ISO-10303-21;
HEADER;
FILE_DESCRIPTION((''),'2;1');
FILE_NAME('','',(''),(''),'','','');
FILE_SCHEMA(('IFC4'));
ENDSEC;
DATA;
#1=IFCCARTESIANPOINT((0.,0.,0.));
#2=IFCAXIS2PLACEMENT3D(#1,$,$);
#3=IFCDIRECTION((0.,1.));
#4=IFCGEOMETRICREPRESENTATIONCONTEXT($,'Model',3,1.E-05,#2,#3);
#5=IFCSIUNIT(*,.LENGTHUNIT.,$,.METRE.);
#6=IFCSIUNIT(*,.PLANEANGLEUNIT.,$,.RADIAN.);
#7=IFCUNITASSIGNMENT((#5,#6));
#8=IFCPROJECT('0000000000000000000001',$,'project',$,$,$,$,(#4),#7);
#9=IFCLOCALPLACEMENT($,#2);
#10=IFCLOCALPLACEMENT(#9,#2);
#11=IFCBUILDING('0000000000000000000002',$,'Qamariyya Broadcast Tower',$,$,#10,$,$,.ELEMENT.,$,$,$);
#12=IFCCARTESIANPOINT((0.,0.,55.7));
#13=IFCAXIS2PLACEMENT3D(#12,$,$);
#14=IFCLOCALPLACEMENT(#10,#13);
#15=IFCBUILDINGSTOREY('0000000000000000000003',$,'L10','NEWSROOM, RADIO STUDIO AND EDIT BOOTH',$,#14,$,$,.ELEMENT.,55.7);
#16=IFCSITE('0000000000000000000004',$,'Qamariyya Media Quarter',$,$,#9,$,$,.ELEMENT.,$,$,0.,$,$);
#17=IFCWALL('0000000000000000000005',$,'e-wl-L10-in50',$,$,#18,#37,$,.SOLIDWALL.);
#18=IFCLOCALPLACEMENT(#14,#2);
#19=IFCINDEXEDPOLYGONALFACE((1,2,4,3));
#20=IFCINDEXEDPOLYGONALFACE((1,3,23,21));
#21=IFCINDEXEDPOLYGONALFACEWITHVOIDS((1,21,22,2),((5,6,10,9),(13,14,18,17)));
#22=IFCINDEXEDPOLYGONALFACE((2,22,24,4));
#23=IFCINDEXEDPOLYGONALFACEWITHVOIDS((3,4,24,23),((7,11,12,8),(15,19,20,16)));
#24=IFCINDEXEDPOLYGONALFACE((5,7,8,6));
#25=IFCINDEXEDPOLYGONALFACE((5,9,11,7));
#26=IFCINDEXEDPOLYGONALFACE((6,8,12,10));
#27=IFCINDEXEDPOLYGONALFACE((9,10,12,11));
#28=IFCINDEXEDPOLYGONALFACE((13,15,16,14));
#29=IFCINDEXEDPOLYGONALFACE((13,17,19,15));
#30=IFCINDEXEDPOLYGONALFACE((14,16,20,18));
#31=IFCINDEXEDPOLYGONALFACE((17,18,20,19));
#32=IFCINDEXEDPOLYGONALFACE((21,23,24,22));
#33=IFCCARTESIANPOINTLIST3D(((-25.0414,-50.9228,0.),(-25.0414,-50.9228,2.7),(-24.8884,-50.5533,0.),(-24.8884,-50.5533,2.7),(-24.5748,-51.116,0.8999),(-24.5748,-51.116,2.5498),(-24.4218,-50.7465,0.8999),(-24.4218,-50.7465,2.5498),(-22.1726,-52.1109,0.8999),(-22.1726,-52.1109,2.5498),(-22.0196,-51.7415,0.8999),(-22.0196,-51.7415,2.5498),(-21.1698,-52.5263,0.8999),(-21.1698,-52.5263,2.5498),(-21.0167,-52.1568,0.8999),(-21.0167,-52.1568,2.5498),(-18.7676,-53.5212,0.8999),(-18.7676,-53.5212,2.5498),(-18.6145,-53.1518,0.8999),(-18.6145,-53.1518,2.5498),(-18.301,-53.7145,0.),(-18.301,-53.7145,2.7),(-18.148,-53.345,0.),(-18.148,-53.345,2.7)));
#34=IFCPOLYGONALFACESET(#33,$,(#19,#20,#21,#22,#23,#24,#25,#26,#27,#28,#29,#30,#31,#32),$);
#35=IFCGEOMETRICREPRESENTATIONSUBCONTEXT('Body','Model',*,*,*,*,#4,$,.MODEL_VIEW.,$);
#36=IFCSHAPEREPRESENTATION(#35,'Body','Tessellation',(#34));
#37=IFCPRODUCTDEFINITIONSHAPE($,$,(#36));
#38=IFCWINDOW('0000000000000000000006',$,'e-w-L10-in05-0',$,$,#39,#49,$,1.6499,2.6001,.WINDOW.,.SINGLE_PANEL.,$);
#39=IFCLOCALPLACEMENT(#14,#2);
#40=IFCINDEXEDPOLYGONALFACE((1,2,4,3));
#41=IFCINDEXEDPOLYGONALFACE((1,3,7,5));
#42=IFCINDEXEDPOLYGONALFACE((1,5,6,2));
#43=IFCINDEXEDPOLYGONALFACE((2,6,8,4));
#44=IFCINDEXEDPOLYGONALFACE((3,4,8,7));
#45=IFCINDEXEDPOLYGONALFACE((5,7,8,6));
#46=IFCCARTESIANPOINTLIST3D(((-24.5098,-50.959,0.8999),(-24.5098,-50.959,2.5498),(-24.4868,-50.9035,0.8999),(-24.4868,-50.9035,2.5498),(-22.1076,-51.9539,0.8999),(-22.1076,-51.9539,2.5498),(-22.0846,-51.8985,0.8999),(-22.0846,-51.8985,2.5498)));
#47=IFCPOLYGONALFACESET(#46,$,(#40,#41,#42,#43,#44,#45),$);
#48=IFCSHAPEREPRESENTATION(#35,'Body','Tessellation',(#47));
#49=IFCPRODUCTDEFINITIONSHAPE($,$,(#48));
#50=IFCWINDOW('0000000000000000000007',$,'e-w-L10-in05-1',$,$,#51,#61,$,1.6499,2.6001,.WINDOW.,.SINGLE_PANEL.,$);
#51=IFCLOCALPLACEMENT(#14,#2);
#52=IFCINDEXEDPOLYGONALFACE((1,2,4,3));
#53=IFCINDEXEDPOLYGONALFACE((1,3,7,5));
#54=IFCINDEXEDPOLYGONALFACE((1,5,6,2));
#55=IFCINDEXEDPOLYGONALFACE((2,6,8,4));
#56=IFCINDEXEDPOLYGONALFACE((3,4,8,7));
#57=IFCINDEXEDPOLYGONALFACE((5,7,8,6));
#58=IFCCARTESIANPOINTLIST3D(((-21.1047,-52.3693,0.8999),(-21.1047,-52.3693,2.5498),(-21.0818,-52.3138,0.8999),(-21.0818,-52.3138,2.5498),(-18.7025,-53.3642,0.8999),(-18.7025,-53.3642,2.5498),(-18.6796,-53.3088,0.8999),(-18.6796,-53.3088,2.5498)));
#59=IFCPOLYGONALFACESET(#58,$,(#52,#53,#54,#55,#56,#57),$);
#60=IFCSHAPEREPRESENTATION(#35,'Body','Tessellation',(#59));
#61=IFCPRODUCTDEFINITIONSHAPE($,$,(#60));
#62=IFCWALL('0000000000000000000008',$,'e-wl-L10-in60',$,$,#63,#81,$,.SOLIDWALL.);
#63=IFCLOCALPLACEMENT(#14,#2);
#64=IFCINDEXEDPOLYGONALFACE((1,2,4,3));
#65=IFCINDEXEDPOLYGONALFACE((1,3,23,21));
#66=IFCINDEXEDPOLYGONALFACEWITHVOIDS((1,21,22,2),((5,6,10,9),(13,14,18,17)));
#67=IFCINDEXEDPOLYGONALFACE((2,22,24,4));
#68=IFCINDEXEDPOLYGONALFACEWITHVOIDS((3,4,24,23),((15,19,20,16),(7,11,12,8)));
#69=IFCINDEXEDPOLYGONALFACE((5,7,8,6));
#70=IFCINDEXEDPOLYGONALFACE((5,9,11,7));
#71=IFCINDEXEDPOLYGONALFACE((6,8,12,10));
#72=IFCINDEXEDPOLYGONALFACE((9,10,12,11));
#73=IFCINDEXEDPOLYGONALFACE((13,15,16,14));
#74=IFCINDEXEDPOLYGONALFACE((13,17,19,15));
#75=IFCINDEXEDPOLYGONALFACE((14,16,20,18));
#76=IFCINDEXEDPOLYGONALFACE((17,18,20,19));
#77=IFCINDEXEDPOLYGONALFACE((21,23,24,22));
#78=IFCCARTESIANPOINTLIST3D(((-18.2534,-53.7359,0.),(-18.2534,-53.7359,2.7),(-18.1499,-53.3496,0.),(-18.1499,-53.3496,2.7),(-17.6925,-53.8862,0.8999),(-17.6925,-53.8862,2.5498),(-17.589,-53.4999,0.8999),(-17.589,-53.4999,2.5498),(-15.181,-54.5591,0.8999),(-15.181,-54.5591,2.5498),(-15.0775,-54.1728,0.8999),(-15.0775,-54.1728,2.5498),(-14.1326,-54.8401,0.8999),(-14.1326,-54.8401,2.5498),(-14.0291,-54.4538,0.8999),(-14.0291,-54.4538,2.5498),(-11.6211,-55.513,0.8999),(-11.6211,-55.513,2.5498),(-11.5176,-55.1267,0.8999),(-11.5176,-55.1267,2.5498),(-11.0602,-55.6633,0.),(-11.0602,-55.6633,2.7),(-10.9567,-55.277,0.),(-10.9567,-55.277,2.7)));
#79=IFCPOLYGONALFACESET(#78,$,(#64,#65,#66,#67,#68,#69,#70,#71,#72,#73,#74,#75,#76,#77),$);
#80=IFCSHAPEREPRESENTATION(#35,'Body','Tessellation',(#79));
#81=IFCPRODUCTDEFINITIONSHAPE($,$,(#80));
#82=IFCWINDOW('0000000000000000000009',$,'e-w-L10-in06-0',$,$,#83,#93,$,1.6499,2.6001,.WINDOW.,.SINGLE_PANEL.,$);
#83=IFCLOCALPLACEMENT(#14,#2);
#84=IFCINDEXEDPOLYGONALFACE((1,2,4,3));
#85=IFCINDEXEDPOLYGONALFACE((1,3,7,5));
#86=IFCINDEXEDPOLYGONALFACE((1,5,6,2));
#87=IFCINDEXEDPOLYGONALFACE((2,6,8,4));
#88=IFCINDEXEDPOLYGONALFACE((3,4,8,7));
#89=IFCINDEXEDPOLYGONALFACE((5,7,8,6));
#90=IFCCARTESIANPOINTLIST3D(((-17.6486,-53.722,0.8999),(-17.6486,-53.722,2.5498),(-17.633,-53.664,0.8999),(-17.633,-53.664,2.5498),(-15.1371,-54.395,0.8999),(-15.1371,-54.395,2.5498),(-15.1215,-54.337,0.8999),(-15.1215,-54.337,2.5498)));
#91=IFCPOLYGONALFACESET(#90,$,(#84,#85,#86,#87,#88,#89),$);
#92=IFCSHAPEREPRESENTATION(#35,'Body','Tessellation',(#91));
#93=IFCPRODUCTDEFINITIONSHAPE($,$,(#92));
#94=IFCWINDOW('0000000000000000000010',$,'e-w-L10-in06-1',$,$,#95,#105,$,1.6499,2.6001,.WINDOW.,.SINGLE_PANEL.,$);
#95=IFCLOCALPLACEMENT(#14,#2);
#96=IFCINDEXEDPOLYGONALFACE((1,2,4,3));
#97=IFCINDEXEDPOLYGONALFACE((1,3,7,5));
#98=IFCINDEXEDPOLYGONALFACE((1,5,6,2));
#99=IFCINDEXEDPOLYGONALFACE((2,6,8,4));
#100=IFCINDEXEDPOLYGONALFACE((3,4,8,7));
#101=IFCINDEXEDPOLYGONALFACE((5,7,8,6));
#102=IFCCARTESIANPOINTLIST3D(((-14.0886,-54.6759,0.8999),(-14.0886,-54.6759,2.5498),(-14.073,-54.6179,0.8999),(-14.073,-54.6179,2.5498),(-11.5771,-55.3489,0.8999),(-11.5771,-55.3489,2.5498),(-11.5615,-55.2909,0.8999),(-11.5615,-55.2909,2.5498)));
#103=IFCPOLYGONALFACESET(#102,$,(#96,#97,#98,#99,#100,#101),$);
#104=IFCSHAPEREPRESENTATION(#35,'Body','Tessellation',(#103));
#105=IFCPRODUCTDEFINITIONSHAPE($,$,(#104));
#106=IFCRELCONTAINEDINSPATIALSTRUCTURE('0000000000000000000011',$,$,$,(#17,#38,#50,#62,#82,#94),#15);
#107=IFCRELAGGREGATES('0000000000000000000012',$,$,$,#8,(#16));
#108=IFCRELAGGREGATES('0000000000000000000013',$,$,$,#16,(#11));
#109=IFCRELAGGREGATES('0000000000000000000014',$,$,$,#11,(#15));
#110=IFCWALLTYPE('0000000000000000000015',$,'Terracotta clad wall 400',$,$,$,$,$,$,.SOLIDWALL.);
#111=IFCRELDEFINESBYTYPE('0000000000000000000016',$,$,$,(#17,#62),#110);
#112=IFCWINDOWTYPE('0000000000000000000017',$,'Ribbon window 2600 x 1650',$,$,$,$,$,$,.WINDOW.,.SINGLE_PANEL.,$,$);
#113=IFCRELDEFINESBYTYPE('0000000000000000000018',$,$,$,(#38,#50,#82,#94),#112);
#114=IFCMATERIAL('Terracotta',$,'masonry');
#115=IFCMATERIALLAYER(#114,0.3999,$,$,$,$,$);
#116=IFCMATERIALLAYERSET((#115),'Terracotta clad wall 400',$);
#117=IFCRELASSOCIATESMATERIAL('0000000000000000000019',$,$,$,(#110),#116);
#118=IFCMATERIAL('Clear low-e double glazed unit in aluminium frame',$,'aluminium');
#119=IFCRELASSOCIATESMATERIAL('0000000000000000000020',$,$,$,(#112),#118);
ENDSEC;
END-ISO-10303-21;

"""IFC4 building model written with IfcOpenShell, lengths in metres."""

from ifc_helpers import new_model, si_unit, direction, frame, frame_2d, origin, place, context, subcontext, project, spatial, rectangle, extrude, material, layer, layer_set, type_object, element, fill, save


model = new_model("IFC4")

# Units and contexts
model_context = context("Model", 3, precision=1e-05, world=origin(), true_north=direction((0.0, 1.0)))
body_context = subcontext(model_context, "Body", "Model", "MODEL_VIEW")
ifc_project = project(units=[si_unit("LENGTHUNIT", "METRE"), si_unit("PLANEANGLEUNIT", "RADIAN")], contexts=[model_context])

# Site, building, storey
site_placement = place(None, origin())
site = spatial("IfcSite", under=ifc_project, at=site_placement, Name="Qamariyya Media Quarter", CompositionType="ELEMENT", RefElevation=0.0)
building_placement = place(site_placement, origin())
building = spatial("IfcBuilding", under=site, at=building_placement, Name="Qamariyya Broadcast Tower", CompositionType="ELEMENT")
storey_placement = place(building_placement, frame((0.0, 0.0, 55.7)))
storey = spatial("IfcBuildingStorey", under=building, at=storey_placement, Name="L10", Description="NEWSROOM, RADIO STUDIO AND EDIT BOOTH", CompositionType="ELEMENT", Elevation=55.7)

# Walls, openings, windows
ifc_material_1 = material(Name="Terracotta", Category="masonry")
ifc_layer_1 = layer(ifc_material_1, 0.3999)
ifc_layer_set_1 = layer_set([ifc_layer_1], Name="Terracotta clad wall 400")
wall_type_1 = type_object("IfcWallType", Name="Terracotta clad wall 400", PredefinedType="SOLIDWALL", material=ifc_layer_set_1)
ifc_material_2 = material(Name="Clear low-e double glazed unit in aluminium frame", Category="aluminium")
window_type = type_object("IfcWindowType", Name="Ribbon window 2600 x 1650", PartitioningType="SINGLE_PANEL", PredefinedType="WINDOW", material=ifc_material_2)
wall_1_placement = place(storey_placement, frame((-18.2244, -53.5298, 0.0), z_axis=(0.0, 0.0, 1.0), x_axis=(-0.923892, 0.382654, 0.0)))
wall_1 = element("IfcWall", 1, at=wall_1_placement, inside=storey, type_object=wall_type_1, Name="e-wl-L10-in50", PredefinedType="SOLIDWALL", context=body_context, shape_type="SweptSolid", body=[
    extrude(rectangle(XDim=7.2957, YDim=0.3999, at=frame_2d((3.6479, 0.0))), origin(), (0.0, 0.0, 1.0), 2.7),
])
opening_1_placement = place(wall_1_placement, frame((4.1907, 0.0, 0.8999)))
opening_1 = element("IfcOpeningElement", 2, at=opening_1_placement, cuts=wall_1, PredefinedType="OPENING", context=body_context, shape_type="SweptSolid", body=[
    extrude(rectangle(XDim=2.6001, YDim=1.6499, at=frame_2d((1.3, 0.825))), frame((0.0, 0.21, 0.0), z_axis=(0.0, -1.0, 0.0), x_axis=(1.0, 0.0, 0.0)), (0.0, 0.0, 1.0), 0.4199),
])
opening_2_placement = place(wall_1_placement, frame((0.5051, 0.0, 0.8999)))
opening_2 = element("IfcOpeningElement", 3, at=opening_2_placement, cuts=wall_1, PredefinedType="OPENING", context=body_context, shape_type="SweptSolid", body=[
    extrude(rectangle(XDim=2.6001, YDim=1.6499, at=frame_2d((1.3, 0.825))), frame((0.0, 0.21, 0.0), z_axis=(0.0, -1.0, 0.0), x_axis=(1.0, 0.0, 0.0)), (0.0, 0.0, 1.0), 0.4199),
])
window_1_placement = place(opening_1_placement, origin())
window_1 = element("IfcWindow", 4, at=window_1_placement, inside=storey, type_object=window_type, Name="e-w-L10-in05-0", OverallHeight=1.6499, OverallWidth=2.6001, PartitioningType="SINGLE_PANEL", PredefinedType="WINDOW", context=body_context, shape_type="SweptSolid", body=[
    extrude(rectangle(XDim=2.6001, YDim=1.6499, at=frame_2d((1.3, 0.825))), frame((0.0, 0.03, 0.0), z_axis=(0.0, -1.0, 0.0), x_axis=(1.0, 0.0, 0.0)), (0.0, 0.0, 1.0), 0.0601),
])
fill(opening_1, window_1)
window_2_placement = place(opening_2_placement, origin())
window_2 = element("IfcWindow", 5, at=window_2_placement, inside=storey, type_object=window_type, Name="e-w-L10-in05-1", OverallHeight=1.6499, OverallWidth=2.6001, PartitioningType="SINGLE_PANEL", PredefinedType="WINDOW", context=body_context, shape_type="SweptSolid", body=[
    extrude(rectangle(XDim=2.6001, YDim=1.6499, at=frame_2d((1.3, 0.825))), frame((0.0, 0.03, 0.0), z_axis=(0.0, -1.0, 0.0), x_axis=(1.0, 0.0, 0.0)), (0.0, 0.0, 1.0), 0.0601),
])
fill(opening_2, window_2)
wall_2_placement = place(storey_placement, frame((-11.0083, -55.4702, 0.0), z_axis=(0.0, 0.0, 1.0), x_axis=(-0.965925, 0.258823, 0.0)))
wall_2 = element("IfcWall", 6, at=wall_2_placement, inside=storey, type_object=wall_type_1, Name="e-wl-L10-in60", PredefinedType="SOLIDWALL", context=body_context, shape_type="SweptSolid", body=[
    extrude(rectangle(XDim=7.447, YDim=0.3999, at=frame_2d((3.7236, 0.0))), origin(), (0.0, 0.0, 1.0), 2.7),
])
opening_3_placement = place(wall_2_placement, frame((4.2664, 0.0, 0.8999)))
opening_3 = element("IfcOpeningElement", 7, at=opening_3_placement, cuts=wall_2, PredefinedType="OPENING", context=body_context, shape_type="SweptSolid", body=[
    extrude(rectangle(XDim=2.6001, YDim=1.6499, at=frame_2d((1.3, 0.825))), frame((0.0, 0.21, 0.0), z_axis=(0.0, -1.0, 0.0), x_axis=(1.0, 0.0, 0.0)), (0.0, 0.0, 1.0), 0.4199),
])
opening_4_placement = place(wall_2_placement, frame((0.5808, 0.0, 0.8999)))
opening_4 = element("IfcOpeningElement", 8, at=opening_4_placement, cuts=wall_2, PredefinedType="OPENING", context=body_context, shape_type="SweptSolid", body=[
    extrude(rectangle(XDim=2.6001, YDim=1.6499, at=frame_2d((1.3, 0.825))), frame((0.0, 0.21, 0.0), z_axis=(0.0, -1.0, 0.0), x_axis=(1.0, 0.0, 0.0)), (0.0, 0.0, 1.0), 0.4199),
])
window_3_placement = place(opening_3_placement, origin())
window_3 = element("IfcWindow", 9, at=window_3_placement, inside=storey, type_object=window_type, Name="e-w-L10-in06-0", OverallHeight=1.6499, OverallWidth=2.6001, PartitioningType="SINGLE_PANEL", PredefinedType="WINDOW", context=body_context, shape_type="SweptSolid", body=[
    extrude(rectangle(XDim=2.6001, YDim=1.6499, at=frame_2d((1.3, 0.825))), frame((0.0, 0.03, 0.0), z_axis=(0.0, -1.0, 0.0), x_axis=(1.0, 0.0, 0.0)), (0.0, 0.0, 1.0), 0.0601),
])
fill(opening_3, window_3)
window_4_placement = place(opening_4_placement, origin())
window_4 = element("IfcWindow", 10, at=window_4_placement, inside=storey, type_object=window_type, Name="e-w-L10-in06-1", OverallHeight=1.6499, OverallWidth=2.6001, PartitioningType="SINGLE_PANEL", PredefinedType="WINDOW", context=body_context, shape_type="SweptSolid", body=[
    extrude(rectangle(XDim=2.6001, YDim=1.6499, at=frame_2d((1.3, 0.825))), frame((0.0, 0.03, 0.0), z_axis=(0.0, -1.0, 0.0), x_axis=(1.0, 0.0, 0.0)), (0.0, 0.0, 1.0), 0.0601),
])
fill(opening_4, window_4)

save(model, "model.ifc")
